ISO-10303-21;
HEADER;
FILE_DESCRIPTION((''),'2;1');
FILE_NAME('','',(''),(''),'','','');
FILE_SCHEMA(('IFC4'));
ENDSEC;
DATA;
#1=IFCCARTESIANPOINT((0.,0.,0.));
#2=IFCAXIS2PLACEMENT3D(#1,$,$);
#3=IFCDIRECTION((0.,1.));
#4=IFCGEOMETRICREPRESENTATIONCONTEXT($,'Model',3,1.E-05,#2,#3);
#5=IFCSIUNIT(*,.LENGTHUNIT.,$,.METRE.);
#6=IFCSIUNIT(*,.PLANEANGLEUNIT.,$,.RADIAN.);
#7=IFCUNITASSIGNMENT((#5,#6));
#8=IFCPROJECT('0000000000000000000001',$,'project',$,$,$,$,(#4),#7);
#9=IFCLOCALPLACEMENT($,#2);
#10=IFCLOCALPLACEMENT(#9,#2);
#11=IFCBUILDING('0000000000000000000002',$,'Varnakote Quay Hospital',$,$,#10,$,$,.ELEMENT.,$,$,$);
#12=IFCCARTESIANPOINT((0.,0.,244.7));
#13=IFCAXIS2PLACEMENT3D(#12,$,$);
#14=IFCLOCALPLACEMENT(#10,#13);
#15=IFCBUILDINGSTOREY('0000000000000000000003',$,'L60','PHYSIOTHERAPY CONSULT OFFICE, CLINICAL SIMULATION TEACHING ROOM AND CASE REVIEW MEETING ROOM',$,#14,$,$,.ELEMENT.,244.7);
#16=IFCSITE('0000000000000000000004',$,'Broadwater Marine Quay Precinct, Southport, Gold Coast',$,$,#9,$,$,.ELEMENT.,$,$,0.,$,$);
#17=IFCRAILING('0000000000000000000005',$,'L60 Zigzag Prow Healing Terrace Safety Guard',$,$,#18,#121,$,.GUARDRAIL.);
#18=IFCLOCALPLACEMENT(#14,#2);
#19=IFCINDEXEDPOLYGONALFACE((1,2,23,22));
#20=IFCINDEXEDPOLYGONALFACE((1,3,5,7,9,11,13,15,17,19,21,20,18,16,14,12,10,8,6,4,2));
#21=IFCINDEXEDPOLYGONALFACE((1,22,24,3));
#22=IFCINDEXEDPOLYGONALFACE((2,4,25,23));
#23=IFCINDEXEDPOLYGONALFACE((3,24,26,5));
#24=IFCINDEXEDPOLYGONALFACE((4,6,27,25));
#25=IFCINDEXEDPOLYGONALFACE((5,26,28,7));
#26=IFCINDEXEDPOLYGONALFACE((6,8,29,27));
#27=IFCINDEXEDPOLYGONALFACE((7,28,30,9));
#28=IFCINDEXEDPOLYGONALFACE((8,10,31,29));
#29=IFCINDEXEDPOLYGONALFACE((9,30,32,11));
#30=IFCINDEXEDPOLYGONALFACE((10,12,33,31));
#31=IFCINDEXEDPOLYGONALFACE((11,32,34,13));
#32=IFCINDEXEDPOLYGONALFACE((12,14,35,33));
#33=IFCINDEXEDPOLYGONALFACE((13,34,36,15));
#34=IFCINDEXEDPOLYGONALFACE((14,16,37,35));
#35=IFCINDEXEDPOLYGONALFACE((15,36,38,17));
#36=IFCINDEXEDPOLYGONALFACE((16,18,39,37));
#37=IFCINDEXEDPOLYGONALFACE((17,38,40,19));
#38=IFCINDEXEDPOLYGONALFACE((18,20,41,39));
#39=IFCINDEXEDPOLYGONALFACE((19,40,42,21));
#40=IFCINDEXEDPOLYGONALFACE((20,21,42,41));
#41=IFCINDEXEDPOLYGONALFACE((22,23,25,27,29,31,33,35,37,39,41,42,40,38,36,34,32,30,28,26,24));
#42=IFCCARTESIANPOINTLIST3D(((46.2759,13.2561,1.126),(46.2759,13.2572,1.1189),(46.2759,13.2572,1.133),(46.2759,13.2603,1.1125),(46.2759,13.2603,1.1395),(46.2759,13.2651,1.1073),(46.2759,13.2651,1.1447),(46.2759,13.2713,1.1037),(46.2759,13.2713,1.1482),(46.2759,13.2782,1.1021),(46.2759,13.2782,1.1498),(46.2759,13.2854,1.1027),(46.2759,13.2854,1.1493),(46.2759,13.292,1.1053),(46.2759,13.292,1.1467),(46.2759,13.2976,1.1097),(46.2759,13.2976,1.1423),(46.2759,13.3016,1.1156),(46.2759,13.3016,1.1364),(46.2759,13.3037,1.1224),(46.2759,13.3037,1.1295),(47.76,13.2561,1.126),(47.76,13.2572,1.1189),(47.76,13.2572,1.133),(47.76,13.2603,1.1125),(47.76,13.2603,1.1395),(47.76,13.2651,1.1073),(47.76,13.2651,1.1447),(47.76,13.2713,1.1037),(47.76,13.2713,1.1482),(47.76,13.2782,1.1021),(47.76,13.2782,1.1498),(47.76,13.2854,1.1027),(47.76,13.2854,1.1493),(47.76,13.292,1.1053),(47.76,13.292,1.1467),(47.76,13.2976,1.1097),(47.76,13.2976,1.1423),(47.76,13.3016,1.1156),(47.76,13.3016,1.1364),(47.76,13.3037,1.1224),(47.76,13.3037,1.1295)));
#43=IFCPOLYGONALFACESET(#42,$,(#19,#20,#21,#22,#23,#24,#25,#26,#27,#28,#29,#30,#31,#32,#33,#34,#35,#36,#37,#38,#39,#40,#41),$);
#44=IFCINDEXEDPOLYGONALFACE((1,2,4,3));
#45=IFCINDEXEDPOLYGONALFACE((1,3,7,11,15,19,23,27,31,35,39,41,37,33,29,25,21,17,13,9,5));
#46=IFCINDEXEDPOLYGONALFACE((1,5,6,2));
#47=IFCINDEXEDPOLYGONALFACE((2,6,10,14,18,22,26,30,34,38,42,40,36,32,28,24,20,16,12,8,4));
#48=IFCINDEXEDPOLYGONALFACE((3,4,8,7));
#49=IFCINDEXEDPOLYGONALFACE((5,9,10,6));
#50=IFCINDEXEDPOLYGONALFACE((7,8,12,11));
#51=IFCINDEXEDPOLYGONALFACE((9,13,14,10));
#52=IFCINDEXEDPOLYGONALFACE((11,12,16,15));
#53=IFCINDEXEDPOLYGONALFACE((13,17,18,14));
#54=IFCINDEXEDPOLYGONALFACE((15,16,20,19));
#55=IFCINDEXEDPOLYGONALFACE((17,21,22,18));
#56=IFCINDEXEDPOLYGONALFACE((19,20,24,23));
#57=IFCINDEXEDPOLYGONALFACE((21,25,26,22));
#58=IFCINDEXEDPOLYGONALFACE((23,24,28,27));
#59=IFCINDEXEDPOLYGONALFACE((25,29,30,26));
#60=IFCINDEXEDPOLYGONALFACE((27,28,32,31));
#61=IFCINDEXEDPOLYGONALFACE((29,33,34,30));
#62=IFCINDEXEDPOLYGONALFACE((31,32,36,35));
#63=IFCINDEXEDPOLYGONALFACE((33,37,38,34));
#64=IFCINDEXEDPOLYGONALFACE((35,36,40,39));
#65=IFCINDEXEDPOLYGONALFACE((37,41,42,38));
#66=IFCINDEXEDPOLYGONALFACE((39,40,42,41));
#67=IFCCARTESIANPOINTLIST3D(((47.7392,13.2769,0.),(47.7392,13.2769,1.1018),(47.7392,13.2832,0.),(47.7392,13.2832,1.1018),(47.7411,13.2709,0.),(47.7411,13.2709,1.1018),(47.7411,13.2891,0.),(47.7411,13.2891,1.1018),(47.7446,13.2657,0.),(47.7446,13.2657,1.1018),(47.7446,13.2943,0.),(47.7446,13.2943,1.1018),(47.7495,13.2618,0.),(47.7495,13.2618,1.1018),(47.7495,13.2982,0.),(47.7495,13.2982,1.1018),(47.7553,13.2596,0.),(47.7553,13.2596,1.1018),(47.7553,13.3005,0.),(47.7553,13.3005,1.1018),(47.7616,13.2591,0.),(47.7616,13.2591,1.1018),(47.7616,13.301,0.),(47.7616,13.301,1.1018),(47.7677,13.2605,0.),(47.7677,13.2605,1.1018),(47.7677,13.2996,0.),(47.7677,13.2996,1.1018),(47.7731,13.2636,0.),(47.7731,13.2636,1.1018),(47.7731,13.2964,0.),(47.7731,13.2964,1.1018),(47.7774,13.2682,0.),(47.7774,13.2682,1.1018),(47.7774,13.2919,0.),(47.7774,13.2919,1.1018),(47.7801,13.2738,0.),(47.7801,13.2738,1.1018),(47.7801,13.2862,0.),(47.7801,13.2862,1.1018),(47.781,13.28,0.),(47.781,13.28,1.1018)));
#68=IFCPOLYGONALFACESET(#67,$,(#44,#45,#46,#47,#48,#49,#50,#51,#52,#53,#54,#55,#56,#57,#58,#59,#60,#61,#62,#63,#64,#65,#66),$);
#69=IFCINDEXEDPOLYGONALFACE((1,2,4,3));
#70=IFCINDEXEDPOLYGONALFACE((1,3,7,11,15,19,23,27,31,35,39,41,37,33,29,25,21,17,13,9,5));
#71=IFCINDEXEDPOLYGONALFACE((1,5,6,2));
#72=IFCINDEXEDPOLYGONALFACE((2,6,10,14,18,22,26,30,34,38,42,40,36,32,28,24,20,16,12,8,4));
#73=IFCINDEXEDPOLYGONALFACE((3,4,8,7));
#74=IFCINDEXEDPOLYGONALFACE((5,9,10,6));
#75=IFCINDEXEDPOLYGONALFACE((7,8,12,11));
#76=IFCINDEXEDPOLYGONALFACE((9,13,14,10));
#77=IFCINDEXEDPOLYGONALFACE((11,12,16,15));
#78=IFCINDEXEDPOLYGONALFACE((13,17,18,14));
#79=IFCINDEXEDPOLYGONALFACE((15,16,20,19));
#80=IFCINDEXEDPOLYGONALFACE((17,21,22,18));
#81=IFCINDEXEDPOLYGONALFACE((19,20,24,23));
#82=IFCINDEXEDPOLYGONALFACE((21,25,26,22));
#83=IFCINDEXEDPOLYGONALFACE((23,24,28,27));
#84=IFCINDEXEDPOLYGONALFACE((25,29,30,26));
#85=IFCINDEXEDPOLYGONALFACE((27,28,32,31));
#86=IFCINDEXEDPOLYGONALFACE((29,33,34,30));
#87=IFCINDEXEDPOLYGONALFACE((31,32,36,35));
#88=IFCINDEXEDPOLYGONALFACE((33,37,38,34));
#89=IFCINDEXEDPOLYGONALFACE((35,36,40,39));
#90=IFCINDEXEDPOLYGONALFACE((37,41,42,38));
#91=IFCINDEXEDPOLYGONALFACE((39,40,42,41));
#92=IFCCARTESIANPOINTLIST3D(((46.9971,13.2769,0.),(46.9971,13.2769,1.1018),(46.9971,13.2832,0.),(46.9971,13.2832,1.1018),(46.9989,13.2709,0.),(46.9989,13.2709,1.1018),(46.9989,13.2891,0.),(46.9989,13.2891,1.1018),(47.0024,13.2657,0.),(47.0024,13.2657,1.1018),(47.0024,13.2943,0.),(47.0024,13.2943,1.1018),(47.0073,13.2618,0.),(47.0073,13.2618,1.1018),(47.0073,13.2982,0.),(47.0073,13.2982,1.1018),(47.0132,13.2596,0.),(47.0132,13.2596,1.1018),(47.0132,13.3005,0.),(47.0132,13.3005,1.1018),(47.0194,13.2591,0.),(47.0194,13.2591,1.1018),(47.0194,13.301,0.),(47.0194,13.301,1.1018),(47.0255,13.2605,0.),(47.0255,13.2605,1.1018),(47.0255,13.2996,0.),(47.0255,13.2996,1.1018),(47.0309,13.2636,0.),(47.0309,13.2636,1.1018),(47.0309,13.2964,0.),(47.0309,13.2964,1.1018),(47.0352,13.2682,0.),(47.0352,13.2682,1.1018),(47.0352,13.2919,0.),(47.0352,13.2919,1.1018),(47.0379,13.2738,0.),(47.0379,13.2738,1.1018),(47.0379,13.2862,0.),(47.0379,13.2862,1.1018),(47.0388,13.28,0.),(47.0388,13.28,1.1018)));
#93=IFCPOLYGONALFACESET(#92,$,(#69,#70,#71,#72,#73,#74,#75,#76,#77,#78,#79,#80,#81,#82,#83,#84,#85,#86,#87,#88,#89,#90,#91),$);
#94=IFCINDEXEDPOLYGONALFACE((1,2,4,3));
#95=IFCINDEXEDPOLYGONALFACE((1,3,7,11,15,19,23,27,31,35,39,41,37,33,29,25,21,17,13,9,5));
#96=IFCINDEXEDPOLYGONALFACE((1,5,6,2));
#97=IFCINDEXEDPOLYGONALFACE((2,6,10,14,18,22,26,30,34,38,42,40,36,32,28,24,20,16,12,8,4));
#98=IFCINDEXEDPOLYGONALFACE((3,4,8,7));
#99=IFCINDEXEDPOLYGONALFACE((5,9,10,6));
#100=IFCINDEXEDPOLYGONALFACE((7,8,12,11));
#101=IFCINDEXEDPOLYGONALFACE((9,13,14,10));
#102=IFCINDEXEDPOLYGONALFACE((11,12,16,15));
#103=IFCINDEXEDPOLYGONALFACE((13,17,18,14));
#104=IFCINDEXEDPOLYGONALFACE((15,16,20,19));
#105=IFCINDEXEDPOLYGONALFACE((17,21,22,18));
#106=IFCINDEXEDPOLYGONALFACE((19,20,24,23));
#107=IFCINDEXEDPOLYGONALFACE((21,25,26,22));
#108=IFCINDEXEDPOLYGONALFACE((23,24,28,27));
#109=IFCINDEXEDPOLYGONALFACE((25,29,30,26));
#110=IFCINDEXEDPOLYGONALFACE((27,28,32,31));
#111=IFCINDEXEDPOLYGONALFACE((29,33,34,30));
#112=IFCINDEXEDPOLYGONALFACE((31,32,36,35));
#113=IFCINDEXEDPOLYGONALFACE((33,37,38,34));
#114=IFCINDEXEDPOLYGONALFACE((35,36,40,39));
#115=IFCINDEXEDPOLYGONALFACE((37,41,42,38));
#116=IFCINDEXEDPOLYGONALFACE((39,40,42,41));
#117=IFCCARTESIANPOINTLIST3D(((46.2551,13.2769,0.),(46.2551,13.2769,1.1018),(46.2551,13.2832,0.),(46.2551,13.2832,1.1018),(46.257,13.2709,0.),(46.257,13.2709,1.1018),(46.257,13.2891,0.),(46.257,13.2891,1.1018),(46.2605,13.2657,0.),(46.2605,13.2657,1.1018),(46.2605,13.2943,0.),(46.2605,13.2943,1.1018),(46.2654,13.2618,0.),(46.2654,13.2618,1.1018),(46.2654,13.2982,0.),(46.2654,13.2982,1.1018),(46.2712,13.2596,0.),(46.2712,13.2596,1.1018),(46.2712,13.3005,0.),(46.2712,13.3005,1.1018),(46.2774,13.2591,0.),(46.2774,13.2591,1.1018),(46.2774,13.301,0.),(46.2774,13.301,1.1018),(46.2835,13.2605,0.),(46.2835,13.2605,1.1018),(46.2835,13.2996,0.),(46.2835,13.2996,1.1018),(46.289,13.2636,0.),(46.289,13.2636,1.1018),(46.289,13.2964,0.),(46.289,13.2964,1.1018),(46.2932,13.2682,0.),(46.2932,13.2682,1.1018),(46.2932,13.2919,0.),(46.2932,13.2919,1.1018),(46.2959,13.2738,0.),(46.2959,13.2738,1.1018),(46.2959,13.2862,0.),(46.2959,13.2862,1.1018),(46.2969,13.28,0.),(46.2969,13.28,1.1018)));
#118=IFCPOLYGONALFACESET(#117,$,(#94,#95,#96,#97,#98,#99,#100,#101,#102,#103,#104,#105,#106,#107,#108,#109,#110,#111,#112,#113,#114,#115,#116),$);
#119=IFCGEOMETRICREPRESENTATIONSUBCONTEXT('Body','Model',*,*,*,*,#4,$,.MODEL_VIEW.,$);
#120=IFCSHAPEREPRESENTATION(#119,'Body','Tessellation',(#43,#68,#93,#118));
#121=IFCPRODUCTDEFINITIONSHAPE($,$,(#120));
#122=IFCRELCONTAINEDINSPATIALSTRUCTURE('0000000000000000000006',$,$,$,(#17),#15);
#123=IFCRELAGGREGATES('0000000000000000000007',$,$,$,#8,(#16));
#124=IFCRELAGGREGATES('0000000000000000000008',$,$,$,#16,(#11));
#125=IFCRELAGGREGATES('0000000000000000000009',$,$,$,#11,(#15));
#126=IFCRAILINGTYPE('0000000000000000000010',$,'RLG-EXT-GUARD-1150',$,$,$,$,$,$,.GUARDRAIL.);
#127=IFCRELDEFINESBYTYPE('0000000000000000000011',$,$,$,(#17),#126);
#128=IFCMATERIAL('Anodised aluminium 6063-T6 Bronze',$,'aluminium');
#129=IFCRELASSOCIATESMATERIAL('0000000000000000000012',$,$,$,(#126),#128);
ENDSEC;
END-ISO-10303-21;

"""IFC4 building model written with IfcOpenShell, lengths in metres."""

from ifc_helpers import new_model, si_unit, direction, frame, origin, origin_2d, place, context, subcontext, project, spatial, circle, extrude, material, type_object, element, save


model = new_model("IFC4")

# Units and contexts
model_context = context("Model", 3, precision=1e-05, world=origin(), true_north=direction((0.0, 1.0)))
body_context = subcontext(model_context, "Body", "Model", "MODEL_VIEW")
ifc_project = project(units=[si_unit("LENGTHUNIT", "METRE"), si_unit("PLANEANGLEUNIT", "RADIAN")], contexts=[model_context])

# Site, building, storey
site_placement = place(None, origin())
site = spatial("IfcSite", under=ifc_project, at=site_placement, Name="Broadwater Marine Quay Precinct, Southport, Gold Coast", CompositionType="ELEMENT", RefElevation=0.0)
building_placement = place(site_placement, origin())
building = spatial("IfcBuilding", under=site, at=building_placement, Name="Varnakote Quay Hospital", CompositionType="ELEMENT")
storey_placement = place(building_placement, frame((0.0, 0.0, 244.7)))
storey = spatial("IfcBuildingStorey", under=building, at=storey_placement, Name="L60", Description="PHYSIOTHERAPY CONSULT OFFICE, CLINICAL SIMULATION TEACHING ROOM AND CASE REVIEW MEETING ROOM", CompositionType="ELEMENT", Elevation=244.7)

# Railing
ifc_material_1 = material(Name="Anodised aluminium 6063-T6 Bronze", Category="aluminium")
railing_type = type_object("IfcRailingType", Name="RLG-EXT-GUARD-1150", PredefinedType="GUARDRAIL", material=ifc_material_1)
railing_1_placement = place(storey_placement, frame((47.76, 13.28, 0.0)))
element("IfcRailing", 1, at=railing_1_placement, inside=storey, type_object=railing_type, Name="L60 Zigzag Prow Healing Terrace Safety Guard", PredefinedType="GUARDRAIL", context=body_context, shape_type="SweptSolid", body=[
    extrude(circle(Radius=0.0239, at=origin_2d()), frame((0.0, 0.0, 1.126), z_axis=(-1.0, 0.0, 0.0), x_axis=(0.0, -1.0, 0.0)), (0.0, 0.0, 1.0), 1.4841),
    extrude(circle(Radius=0.021, at=origin_2d()), origin(), (0.0, 0.0, 1.0), 1.1018),
    extrude(circle(Radius=0.021, at=origin_2d()), frame((-0.7422, 0.0, 0.0)), (0.0, 0.0, 1.0), 1.1018),
    extrude(circle(Radius=0.021, at=origin_2d()), frame((-1.4841, 0.0, 0.0)), (0.0, 0.0, 1.0), 1.1018),
])

save(model, "model.ifc")
